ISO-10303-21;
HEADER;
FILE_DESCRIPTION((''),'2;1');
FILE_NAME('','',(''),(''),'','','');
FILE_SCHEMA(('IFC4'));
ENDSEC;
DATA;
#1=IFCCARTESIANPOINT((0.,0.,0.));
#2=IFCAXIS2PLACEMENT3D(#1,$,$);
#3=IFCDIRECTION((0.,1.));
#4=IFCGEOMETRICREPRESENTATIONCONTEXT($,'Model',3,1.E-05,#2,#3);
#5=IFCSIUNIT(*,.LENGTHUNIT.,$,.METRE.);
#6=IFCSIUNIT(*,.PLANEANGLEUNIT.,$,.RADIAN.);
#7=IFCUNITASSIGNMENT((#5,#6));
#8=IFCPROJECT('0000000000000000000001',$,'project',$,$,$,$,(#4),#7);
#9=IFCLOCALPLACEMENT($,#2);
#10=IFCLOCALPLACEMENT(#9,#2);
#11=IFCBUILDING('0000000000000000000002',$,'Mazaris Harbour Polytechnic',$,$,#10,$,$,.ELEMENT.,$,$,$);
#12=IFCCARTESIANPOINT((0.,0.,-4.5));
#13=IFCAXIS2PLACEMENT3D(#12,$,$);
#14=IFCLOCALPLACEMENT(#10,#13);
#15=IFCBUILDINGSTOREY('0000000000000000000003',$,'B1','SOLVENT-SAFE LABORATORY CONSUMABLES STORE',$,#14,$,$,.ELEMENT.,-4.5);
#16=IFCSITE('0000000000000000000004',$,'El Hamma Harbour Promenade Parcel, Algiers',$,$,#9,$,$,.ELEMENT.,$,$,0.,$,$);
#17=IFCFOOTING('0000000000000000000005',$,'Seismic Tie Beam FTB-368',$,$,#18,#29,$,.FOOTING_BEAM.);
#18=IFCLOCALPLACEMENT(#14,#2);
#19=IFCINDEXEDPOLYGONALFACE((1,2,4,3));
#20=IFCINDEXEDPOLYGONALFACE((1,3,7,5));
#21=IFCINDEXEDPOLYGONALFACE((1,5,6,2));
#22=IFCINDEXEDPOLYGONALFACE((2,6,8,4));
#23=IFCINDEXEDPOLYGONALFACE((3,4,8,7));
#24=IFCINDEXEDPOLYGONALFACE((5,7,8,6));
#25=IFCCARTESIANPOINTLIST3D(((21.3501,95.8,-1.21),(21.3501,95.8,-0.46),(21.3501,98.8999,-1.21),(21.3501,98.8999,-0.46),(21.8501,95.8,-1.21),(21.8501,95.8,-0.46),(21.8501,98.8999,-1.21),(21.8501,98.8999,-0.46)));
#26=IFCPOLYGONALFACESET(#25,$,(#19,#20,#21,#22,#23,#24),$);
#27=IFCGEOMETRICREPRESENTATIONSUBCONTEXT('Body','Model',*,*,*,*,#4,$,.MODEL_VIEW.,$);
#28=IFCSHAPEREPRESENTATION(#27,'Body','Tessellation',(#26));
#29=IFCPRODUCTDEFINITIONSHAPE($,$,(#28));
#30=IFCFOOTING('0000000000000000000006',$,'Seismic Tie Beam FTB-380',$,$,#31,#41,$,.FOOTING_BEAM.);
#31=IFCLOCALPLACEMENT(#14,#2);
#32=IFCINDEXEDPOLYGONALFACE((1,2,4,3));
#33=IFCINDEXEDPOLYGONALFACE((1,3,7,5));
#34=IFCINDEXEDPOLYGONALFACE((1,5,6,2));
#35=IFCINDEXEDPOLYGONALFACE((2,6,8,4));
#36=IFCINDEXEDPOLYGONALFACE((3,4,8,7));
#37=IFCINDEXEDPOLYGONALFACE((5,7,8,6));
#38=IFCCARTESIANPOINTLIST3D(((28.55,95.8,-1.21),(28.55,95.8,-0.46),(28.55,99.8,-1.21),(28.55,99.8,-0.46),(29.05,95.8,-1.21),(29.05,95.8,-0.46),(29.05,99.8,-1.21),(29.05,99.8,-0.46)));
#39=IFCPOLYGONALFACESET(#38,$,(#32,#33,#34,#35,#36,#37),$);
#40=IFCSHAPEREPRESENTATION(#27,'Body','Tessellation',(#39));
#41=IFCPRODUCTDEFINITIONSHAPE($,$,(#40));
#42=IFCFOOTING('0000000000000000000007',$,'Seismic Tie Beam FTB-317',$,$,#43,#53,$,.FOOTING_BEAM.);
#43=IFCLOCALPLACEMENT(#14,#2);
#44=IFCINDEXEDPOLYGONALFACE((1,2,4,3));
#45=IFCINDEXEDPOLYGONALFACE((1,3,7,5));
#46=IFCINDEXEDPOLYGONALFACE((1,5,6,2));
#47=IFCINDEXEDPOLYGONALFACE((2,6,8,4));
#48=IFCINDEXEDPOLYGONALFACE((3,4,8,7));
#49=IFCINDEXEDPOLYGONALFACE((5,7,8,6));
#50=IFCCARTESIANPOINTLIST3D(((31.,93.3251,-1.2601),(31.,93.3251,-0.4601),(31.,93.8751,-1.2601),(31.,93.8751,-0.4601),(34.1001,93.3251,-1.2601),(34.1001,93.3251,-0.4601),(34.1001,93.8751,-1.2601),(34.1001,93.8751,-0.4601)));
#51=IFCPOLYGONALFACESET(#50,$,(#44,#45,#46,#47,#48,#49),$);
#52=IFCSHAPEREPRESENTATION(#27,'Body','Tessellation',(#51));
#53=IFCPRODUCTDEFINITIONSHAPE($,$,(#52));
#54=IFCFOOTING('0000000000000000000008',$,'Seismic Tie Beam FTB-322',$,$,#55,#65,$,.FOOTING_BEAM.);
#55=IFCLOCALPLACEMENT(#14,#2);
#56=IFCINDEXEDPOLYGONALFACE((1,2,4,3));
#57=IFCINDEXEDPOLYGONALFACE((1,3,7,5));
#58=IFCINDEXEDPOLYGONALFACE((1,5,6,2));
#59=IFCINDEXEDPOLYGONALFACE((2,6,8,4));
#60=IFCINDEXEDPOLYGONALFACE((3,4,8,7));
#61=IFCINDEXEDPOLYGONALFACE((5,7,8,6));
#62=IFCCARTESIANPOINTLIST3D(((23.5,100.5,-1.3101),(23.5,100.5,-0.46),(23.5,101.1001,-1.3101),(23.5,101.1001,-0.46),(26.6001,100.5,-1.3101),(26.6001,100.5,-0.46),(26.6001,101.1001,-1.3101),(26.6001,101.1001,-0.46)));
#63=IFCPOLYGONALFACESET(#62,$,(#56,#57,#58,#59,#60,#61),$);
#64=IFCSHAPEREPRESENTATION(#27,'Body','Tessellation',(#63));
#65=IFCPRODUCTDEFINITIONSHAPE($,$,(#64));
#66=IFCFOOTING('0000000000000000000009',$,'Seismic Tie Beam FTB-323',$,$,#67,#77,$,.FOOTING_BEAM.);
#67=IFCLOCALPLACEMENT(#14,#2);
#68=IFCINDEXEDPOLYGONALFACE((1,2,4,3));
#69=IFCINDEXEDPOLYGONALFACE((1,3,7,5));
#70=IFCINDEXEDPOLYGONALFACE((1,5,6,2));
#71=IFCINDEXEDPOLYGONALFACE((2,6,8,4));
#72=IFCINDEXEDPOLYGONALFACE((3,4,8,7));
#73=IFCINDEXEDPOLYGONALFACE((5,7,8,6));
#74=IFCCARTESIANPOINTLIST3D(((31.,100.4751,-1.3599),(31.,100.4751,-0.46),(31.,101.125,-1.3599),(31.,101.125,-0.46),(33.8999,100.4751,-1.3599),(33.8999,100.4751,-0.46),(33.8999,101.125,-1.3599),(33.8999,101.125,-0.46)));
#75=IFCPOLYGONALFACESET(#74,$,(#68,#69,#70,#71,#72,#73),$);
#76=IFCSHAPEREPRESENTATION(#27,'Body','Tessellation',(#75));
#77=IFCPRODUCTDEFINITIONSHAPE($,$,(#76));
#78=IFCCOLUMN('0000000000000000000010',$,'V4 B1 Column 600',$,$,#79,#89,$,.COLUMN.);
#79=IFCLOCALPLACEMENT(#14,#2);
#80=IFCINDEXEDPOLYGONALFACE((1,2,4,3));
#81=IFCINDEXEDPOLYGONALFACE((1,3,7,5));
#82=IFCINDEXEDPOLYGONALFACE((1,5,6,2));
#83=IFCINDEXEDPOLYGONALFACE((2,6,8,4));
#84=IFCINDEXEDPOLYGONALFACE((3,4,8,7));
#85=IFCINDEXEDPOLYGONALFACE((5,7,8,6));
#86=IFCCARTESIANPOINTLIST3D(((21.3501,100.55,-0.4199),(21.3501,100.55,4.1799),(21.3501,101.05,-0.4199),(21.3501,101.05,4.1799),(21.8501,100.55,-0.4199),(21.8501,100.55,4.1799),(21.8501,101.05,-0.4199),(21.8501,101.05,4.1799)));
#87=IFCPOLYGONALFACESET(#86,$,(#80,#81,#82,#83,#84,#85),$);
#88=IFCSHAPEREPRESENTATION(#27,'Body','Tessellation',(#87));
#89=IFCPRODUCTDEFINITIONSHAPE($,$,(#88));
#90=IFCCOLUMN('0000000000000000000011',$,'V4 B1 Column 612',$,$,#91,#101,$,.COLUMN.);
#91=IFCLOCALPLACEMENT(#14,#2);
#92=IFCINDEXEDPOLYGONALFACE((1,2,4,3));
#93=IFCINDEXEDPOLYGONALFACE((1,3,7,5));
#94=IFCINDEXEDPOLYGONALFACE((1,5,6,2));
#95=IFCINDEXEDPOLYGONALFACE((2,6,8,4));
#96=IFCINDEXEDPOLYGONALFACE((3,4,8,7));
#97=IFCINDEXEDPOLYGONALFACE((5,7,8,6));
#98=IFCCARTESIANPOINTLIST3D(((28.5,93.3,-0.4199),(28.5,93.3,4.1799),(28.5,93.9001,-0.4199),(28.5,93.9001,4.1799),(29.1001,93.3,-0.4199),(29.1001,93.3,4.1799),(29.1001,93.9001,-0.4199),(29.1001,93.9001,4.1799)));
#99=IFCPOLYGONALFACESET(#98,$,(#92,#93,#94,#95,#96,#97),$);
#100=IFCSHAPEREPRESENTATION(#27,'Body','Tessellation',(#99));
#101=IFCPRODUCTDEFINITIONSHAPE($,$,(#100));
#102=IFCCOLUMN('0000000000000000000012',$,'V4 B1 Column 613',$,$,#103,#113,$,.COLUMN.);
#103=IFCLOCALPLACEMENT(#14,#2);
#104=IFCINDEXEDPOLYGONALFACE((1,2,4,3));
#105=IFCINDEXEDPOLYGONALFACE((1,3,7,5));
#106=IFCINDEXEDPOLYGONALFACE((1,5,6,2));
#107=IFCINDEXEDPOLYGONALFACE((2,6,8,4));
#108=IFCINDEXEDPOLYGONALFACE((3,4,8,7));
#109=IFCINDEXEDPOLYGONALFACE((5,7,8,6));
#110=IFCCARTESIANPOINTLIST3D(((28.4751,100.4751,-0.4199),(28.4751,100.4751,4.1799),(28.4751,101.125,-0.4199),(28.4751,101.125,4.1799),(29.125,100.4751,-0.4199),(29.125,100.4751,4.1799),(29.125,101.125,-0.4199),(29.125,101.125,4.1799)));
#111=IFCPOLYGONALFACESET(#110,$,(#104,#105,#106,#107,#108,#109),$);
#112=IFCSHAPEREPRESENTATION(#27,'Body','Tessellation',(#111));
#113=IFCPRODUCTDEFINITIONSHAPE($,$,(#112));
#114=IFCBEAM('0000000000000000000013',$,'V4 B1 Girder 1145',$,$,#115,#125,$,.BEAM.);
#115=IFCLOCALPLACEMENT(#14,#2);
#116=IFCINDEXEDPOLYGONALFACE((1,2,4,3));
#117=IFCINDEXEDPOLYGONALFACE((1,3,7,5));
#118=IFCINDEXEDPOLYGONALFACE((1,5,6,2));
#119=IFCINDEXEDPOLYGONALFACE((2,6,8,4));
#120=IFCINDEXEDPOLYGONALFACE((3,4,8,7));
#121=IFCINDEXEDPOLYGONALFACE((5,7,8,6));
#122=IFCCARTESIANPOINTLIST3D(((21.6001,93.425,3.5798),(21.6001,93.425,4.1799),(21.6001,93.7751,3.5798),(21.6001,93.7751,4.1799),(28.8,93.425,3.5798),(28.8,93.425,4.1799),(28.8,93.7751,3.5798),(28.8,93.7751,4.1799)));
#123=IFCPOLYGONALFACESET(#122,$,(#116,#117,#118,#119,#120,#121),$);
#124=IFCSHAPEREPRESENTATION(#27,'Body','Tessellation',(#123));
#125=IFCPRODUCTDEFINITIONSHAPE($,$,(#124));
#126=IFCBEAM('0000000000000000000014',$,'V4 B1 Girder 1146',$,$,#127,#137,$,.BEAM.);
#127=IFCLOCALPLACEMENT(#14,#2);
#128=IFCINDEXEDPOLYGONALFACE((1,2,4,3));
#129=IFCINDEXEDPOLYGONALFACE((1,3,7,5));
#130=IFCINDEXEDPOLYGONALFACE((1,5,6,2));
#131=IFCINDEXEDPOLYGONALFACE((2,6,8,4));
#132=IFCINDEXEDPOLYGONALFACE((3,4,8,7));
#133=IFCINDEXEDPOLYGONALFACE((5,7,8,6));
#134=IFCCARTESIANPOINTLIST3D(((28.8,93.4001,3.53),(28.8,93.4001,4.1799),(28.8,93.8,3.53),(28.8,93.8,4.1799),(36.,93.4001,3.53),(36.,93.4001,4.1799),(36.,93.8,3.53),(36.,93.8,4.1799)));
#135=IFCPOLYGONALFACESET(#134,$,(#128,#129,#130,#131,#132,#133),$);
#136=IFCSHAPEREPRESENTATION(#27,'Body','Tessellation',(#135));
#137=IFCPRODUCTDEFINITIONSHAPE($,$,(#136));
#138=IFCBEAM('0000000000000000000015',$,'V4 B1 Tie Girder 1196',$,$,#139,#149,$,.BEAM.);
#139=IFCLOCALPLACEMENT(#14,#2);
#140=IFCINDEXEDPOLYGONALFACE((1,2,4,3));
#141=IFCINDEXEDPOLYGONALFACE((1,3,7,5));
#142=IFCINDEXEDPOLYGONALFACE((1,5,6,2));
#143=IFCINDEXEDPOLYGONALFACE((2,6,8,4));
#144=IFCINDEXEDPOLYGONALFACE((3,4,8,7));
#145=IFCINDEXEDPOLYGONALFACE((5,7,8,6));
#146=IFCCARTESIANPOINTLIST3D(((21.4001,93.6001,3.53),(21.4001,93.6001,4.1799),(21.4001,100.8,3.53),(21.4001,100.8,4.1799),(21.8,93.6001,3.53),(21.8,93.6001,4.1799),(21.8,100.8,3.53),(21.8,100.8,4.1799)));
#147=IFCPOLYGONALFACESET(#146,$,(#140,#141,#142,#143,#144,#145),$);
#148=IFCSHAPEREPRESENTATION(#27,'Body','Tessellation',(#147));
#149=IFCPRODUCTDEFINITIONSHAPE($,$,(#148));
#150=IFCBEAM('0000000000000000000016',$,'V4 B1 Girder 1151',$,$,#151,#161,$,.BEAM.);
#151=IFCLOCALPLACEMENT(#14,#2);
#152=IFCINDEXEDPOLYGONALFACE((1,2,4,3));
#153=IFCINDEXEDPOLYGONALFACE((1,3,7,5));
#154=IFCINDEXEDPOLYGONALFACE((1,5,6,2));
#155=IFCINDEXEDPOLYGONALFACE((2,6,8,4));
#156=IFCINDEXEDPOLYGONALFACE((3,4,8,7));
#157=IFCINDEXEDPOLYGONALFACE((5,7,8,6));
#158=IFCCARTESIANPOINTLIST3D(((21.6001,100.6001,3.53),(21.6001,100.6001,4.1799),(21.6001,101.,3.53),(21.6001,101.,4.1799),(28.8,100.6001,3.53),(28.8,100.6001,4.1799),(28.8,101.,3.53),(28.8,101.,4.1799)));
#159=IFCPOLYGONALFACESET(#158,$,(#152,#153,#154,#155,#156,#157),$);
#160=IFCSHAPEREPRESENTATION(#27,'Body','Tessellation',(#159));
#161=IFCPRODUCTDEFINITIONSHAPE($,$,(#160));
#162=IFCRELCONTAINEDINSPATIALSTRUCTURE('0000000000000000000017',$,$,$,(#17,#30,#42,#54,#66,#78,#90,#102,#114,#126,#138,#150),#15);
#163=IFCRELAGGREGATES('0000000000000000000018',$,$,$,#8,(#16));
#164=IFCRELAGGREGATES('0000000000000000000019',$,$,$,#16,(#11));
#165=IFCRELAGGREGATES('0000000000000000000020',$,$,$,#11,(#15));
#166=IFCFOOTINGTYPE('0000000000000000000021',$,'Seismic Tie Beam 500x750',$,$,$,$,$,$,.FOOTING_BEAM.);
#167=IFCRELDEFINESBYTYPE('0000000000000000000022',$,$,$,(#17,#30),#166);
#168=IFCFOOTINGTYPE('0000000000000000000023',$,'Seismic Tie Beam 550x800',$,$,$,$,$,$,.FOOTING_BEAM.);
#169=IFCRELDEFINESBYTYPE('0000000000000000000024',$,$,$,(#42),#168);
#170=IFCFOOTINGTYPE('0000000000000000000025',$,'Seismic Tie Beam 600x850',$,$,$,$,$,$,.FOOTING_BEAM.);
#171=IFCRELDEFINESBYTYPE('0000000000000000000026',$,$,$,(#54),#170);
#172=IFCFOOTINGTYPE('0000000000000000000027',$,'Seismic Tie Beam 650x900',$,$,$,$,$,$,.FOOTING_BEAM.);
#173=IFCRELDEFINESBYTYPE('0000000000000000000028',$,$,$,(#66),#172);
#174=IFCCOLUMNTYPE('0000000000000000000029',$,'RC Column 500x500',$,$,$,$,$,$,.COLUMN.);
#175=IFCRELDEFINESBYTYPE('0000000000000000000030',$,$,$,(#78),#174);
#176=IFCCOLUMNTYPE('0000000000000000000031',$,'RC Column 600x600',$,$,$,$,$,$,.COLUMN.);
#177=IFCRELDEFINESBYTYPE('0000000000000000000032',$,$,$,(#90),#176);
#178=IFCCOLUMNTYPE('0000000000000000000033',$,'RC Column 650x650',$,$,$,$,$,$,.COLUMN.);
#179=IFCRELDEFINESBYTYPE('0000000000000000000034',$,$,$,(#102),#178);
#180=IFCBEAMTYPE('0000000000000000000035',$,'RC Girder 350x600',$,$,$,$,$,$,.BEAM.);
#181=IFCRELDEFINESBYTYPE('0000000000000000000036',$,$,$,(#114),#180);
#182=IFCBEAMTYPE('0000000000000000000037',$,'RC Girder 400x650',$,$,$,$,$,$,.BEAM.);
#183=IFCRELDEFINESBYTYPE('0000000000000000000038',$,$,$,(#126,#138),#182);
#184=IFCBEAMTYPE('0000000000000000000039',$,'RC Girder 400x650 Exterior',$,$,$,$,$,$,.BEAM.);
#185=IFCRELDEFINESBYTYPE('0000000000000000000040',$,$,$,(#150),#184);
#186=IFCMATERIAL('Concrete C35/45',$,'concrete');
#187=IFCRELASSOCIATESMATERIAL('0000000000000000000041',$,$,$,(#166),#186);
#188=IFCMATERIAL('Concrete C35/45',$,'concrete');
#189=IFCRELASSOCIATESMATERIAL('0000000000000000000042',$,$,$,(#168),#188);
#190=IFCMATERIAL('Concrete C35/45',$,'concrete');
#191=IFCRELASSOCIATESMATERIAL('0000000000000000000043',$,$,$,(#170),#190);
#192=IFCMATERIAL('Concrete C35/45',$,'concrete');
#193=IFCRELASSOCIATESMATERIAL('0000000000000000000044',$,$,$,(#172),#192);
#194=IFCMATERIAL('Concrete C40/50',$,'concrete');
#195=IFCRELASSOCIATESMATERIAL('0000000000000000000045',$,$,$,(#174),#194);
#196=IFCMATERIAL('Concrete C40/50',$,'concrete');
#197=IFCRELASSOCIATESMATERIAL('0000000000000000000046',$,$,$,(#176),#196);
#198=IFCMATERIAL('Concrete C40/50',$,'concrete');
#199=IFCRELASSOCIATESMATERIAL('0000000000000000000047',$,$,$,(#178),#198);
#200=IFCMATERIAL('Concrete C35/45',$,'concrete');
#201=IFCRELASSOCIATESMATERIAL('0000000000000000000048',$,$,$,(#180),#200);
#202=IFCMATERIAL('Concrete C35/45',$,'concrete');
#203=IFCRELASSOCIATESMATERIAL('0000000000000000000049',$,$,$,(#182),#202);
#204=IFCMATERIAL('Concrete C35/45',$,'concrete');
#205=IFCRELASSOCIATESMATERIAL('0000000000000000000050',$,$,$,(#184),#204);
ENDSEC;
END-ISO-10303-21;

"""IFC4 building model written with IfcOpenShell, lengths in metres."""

from ifc_helpers import new_model, si_unit, direction, frame, origin, origin_2d, place, context, subcontext, project, spatial, rectangle, extrude, material, material_profile, profile_set, type_object, element, save


model = new_model("IFC4")

# Units and contexts
model_context = context("Model", 3, precision=1e-05, world=origin(), true_north=direction((0.0, 1.0)))
body_context = subcontext(model_context, "Body", "Model", "MODEL_VIEW")
ifc_project = project(units=[si_unit("LENGTHUNIT", "METRE"), si_unit("PLANEANGLEUNIT", "RADIAN")], contexts=[model_context])

# Site, building, storey
site_placement = place(None, origin())
site = spatial("IfcSite", under=ifc_project, at=site_placement, Name="El Hamma Harbour Promenade Parcel, Algiers", CompositionType="ELEMENT", RefElevation=0.0)
building_placement = place(site_placement, origin())
building = spatial("IfcBuilding", under=site, at=building_placement, Name="Mazaris Harbour Polytechnic", CompositionType="ELEMENT")
storey_placement = place(building_placement, frame((0.0, 0.0, -4.5)))
storey = spatial("IfcBuildingStorey", under=building, at=storey_placement, Name="B1", Description="SOLVENT-SAFE LABORATORY CONSUMABLES STORE", CompositionType="ELEMENT", Elevation=-4.5)

# Footings
ifc_material_1 = material(Name="Concrete C35/45", Category="concrete")
ifc_material_profile_1 = material_profile(ifc_material_1, rectangle(XDim=0.5, YDim=0.75, at=origin_2d()), Name="RECT500x750")
ifc_profile_set_1 = profile_set([ifc_material_profile_1], Name="Concrete C35/45")
footing_type_1 = type_object("IfcFootingType", Name="Seismic Tie Beam 500x750", PredefinedType="FOOTING_BEAM", material=ifc_profile_set_1)
footing_1_placement = place(storey_placement, frame((21.6001, 95.8, -0.835), z_axis=(0.0, 1.0, 0.0), x_axis=(-1.0, 0.0, 0.0)))
element("IfcFooting", 1, at=footing_1_placement, inside=storey, type_object=footing_type_1, Name="Seismic Tie Beam FTB-368", PredefinedType="FOOTING_BEAM", context=body_context, shape_type="SweptSolid", body=[
    extrude(rectangle(XDim=0.5, YDim=0.75, at=origin_2d()), origin(), (0.0, 0.0, 1.0), 3.0999),
])
footing_2_placement = place(storey_placement, frame((28.8, 95.8, -0.835), z_axis=(0.0, 1.0, 0.0), x_axis=(-1.0, 0.0, 0.0)))
element("IfcFooting", 2, at=footing_2_placement, inside=storey, type_object=footing_type_1, Name="Seismic Tie Beam FTB-380", PredefinedType="FOOTING_BEAM", context=body_context, shape_type="SweptSolid", body=[
    extrude(rectangle(XDim=0.5, YDim=0.75, at=origin_2d()), origin(), (0.0, 0.0, 1.0), 4.0),
])
ifc_material_2 = material(Name="Concrete C35/45", Category="concrete")
ifc_material_profile_2 = material_profile(ifc_material_2, rectangle(XDim=0.55, YDim=0.8, at=origin_2d()), Name="RECT550x800")
ifc_profile_set_2 = profile_set([ifc_material_profile_2], Name="Concrete C35/45")
footing_type_2 = type_object("IfcFootingType", Name="Seismic Tie Beam 550x800", PredefinedType="FOOTING_BEAM", material=ifc_profile_set_2)
footing_3_placement = place(storey_placement, frame((31.0, 93.6001, -0.8601), z_axis=(1.0, 0.0, 0.0), x_axis=(0.0, 1.0, 0.0)))
element("IfcFooting", 3, at=footing_3_placement, inside=storey, type_object=footing_type_2, Name="Seismic Tie Beam FTB-317", PredefinedType="FOOTING_BEAM", context=body_context, shape_type="SweptSolid", body=[
    extrude(rectangle(XDim=0.55, YDim=0.8, at=origin_2d()), origin(), (0.0, 0.0, 1.0), 3.1001),
])
ifc_material_3 = material(Name="Concrete C35/45", Category="concrete")
ifc_material_profile_3 = material_profile(ifc_material_3, rectangle(XDim=0.6001, YDim=0.8501, at=origin_2d()), Name="RECT600x850")
ifc_profile_set_3 = profile_set([ifc_material_profile_3], Name="Concrete C35/45")
footing_type_3 = type_object("IfcFootingType", Name="Seismic Tie Beam 600x850", PredefinedType="FOOTING_BEAM", material=ifc_profile_set_3)
footing_4_placement = place(storey_placement, frame((23.5, 100.8, -0.885), z_axis=(1.0, 0.0, 0.0), x_axis=(0.0, 1.0, 0.0)))
element("IfcFooting", 4, at=footing_4_placement, inside=storey, type_object=footing_type_3, Name="Seismic Tie Beam FTB-322", PredefinedType="FOOTING_BEAM", context=body_context, shape_type="SweptSolid", body=[
    extrude(rectangle(XDim=0.6001, YDim=0.8501, at=origin_2d()), origin(), (0.0, 0.0, 1.0), 3.1001),
])
ifc_material_4 = material(Name="Concrete C35/45", Category="concrete")
ifc_material_profile_4 = material_profile(ifc_material_4, rectangle(XDim=0.6499, YDim=0.8999, at=origin_2d()), Name="RECT650x900")
ifc_profile_set_4 = profile_set([ifc_material_profile_4], Name="Concrete C35/45")
footing_type_4 = type_object("IfcFootingType", Name="Seismic Tie Beam 650x900", PredefinedType="FOOTING_BEAM", material=ifc_profile_set_4)
footing_5_placement = place(storey_placement, frame((31.0, 100.8, -0.9099), z_axis=(1.0, 0.0, 0.0), x_axis=(0.0, 1.0, 0.0)))
element("IfcFooting", 5, at=footing_5_placement, inside=storey, type_object=footing_type_4, Name="Seismic Tie Beam FTB-323", PredefinedType="FOOTING_BEAM", context=body_context, shape_type="SweptSolid", body=[
    extrude(rectangle(XDim=0.6499, YDim=0.8999, at=origin_2d()), origin(), (0.0, 0.0, 1.0), 2.8999),
])

# Columns
ifc_material_5 = material(Name="Concrete C40/50", Category="concrete")
ifc_material_profile_5 = material_profile(ifc_material_5, rectangle(XDim=0.5, YDim=0.5, at=origin_2d()), Name="RECT500x500")
ifc_profile_set_5 = profile_set([ifc_material_profile_5], Name="Concrete C40/50")
column_type_1 = type_object("IfcColumnType", Name="RC Column 500x500", PredefinedType="COLUMN", material=ifc_profile_set_5)
column_1_placement = place(storey_placement, frame((21.6001, 100.8, -0.4199), z_axis=(0.0, 0.0, 1.0), x_axis=(1.0, 0.0, 0.0)))
element("IfcColumn", 6, at=column_1_placement, inside=storey, type_object=column_type_1, Name="V4 B1 Column 600", PredefinedType="COLUMN", context=body_context, shape_type="SweptSolid", body=[
    extrude(rectangle(XDim=0.5, YDim=0.5, at=origin_2d()), origin(), (0.0, 0.0, 1.0), 4.5999),
])
ifc_material_6 = material(Name="Concrete C40/50", Category="concrete")
ifc_material_profile_6 = material_profile(ifc_material_6, rectangle(XDim=0.6001, YDim=0.6001, at=origin_2d()), Name="RECT600x600")
ifc_profile_set_6 = profile_set([ifc_material_profile_6], Name="Concrete C40/50")
column_type_2 = type_object("IfcColumnType", Name="RC Column 600x600", PredefinedType="COLUMN", material=ifc_profile_set_6)
column_2_placement = place(storey_placement, frame((28.8, 93.6001, -0.4199), z_axis=(0.0, 0.0, 1.0), x_axis=(1.0, 0.0, 0.0)))
element("IfcColumn", 7, at=column_2_placement, inside=storey, type_object=column_type_2, Name="V4 B1 Column 612", PredefinedType="COLUMN", context=body_context, shape_type="SweptSolid", body=[
    extrude(rectangle(XDim=0.6001, YDim=0.6001, at=origin_2d()), origin(), (0.0, 0.0, 1.0), 4.5999),
])
ifc_material_7 = material(Name="Concrete C40/50", Category="concrete")
ifc_material_profile_7 = material_profile(ifc_material_7, rectangle(XDim=0.6499, YDim=0.6499, at=origin_2d()), Name="RECT650x650")
ifc_profile_set_7 = profile_set([ifc_material_profile_7], Name="Concrete C40/50")
column_type_3 = type_object("IfcColumnType", Name="RC Column 650x650", PredefinedType="COLUMN", material=ifc_profile_set_7)
column_3_placement = place(storey_placement, frame((28.8, 100.8, -0.4199), z_axis=(0.0, 0.0, 1.0), x_axis=(1.0, 0.0, 0.0)))
element("IfcColumn", 8, at=column_3_placement, inside=storey, type_object=column_type_3, Name="V4 B1 Column 613", PredefinedType="COLUMN", context=body_context, shape_type="SweptSolid", body=[
    extrude(rectangle(XDim=0.6499, YDim=0.6499, at=origin_2d()), origin(), (0.0, 0.0, 1.0), 4.5999),
])

# Beams
ifc_material_8 = material(Name="Concrete C35/45", Category="concrete")
ifc_material_profile_8 = material_profile(ifc_material_8, rectangle(XDim=0.3501, YDim=0.6001, at=origin_2d()), Name="RECT350x600")
ifc_profile_set_8 = profile_set([ifc_material_profile_8], Name="Concrete C35/45")
beam_type_1 = type_object("IfcBeamType", Name="RC Girder 350x600", PredefinedType="BEAM", material=ifc_profile_set_8)
beam_1_placement = place(storey_placement, frame((21.6001, 93.6001, 3.8799), z_axis=(1.0, 0.0, 0.0), x_axis=(0.0, 1.0, 0.0)))
element("IfcBeam", 9, at=beam_1_placement, inside=storey, type_object=beam_type_1, Name="V4 B1 Girder 1145", PredefinedType="BEAM", context=body_context, shape_type="SweptSolid", body=[
    extrude(rectangle(XDim=0.3501, YDim=0.6001, at=origin_2d()), origin(), (0.0, 0.0, 1.0), 7.2),
])
ifc_material_9 = material(Name="Concrete C35/45", Category="concrete")
ifc_material_profile_9 = material_profile(ifc_material_9, rectangle(XDim=0.3999, YDim=0.6499, at=origin_2d()), Name="RECT400x650")
ifc_profile_set_9 = profile_set([ifc_material_profile_9], Name="Concrete C35/45")
beam_type_2 = type_object("IfcBeamType", Name="RC Girder 400x650", PredefinedType="BEAM", material=ifc_profile_set_9)
for number, where, z_axis, x_axis, name in (
    (10, (28.8, 93.6001, 3.855), (1.0, 0.0, 0.0), (0.0, 1.0, 0.0), "V4 B1 Girder 1146"),
    (11, (21.6001, 93.6001, 3.855), (0.0, 1.0, 0.0), (-1.0, 0.0, 0.0), "V4 B1 Tie Girder 1196"),
):
    element("IfcBeam", number, at=place(storey_placement, frame(where, z_axis=z_axis, x_axis=x_axis)), inside=storey, type_object=beam_type_2, Name=name, PredefinedType="BEAM", context=body_context, shape_type="SweptSolid", body=[
        extrude(rectangle(XDim=0.3999, YDim=0.6499, at=origin_2d()), origin(), (0.0, 0.0, 1.0), 7.2),
    ])
ifc_material_10 = material(Name="Concrete C35/45", Category="concrete")
ifc_material_profile_10 = material_profile(ifc_material_10, rectangle(XDim=0.3999, YDim=0.6499, at=origin_2d()), Name="RECT400x650")
ifc_profile_set_10 = profile_set([ifc_material_profile_10], Name="Concrete C35/45")
beam_type_3 = type_object("IfcBeamType", Name="RC Girder 400x650 Exterior", PredefinedType="BEAM", material=ifc_profile_set_10)
beam_2_placement = place(storey_placement, frame((21.6001, 100.8, 3.855), z_axis=(1.0, 0.0, 0.0), x_axis=(0.0, 1.0, 0.0)))
element("IfcBeam", 12, at=beam_2_placement, inside=storey, type_object=beam_type_3, Name="V4 B1 Girder 1151", PredefinedType="BEAM", context=body_context, shape_type="SweptSolid", body=[
    extrude(rectangle(XDim=0.3999, YDim=0.6499, at=origin_2d()), origin(), (0.0, 0.0, 1.0), 7.2),
])

save(model, "model.ifc")
